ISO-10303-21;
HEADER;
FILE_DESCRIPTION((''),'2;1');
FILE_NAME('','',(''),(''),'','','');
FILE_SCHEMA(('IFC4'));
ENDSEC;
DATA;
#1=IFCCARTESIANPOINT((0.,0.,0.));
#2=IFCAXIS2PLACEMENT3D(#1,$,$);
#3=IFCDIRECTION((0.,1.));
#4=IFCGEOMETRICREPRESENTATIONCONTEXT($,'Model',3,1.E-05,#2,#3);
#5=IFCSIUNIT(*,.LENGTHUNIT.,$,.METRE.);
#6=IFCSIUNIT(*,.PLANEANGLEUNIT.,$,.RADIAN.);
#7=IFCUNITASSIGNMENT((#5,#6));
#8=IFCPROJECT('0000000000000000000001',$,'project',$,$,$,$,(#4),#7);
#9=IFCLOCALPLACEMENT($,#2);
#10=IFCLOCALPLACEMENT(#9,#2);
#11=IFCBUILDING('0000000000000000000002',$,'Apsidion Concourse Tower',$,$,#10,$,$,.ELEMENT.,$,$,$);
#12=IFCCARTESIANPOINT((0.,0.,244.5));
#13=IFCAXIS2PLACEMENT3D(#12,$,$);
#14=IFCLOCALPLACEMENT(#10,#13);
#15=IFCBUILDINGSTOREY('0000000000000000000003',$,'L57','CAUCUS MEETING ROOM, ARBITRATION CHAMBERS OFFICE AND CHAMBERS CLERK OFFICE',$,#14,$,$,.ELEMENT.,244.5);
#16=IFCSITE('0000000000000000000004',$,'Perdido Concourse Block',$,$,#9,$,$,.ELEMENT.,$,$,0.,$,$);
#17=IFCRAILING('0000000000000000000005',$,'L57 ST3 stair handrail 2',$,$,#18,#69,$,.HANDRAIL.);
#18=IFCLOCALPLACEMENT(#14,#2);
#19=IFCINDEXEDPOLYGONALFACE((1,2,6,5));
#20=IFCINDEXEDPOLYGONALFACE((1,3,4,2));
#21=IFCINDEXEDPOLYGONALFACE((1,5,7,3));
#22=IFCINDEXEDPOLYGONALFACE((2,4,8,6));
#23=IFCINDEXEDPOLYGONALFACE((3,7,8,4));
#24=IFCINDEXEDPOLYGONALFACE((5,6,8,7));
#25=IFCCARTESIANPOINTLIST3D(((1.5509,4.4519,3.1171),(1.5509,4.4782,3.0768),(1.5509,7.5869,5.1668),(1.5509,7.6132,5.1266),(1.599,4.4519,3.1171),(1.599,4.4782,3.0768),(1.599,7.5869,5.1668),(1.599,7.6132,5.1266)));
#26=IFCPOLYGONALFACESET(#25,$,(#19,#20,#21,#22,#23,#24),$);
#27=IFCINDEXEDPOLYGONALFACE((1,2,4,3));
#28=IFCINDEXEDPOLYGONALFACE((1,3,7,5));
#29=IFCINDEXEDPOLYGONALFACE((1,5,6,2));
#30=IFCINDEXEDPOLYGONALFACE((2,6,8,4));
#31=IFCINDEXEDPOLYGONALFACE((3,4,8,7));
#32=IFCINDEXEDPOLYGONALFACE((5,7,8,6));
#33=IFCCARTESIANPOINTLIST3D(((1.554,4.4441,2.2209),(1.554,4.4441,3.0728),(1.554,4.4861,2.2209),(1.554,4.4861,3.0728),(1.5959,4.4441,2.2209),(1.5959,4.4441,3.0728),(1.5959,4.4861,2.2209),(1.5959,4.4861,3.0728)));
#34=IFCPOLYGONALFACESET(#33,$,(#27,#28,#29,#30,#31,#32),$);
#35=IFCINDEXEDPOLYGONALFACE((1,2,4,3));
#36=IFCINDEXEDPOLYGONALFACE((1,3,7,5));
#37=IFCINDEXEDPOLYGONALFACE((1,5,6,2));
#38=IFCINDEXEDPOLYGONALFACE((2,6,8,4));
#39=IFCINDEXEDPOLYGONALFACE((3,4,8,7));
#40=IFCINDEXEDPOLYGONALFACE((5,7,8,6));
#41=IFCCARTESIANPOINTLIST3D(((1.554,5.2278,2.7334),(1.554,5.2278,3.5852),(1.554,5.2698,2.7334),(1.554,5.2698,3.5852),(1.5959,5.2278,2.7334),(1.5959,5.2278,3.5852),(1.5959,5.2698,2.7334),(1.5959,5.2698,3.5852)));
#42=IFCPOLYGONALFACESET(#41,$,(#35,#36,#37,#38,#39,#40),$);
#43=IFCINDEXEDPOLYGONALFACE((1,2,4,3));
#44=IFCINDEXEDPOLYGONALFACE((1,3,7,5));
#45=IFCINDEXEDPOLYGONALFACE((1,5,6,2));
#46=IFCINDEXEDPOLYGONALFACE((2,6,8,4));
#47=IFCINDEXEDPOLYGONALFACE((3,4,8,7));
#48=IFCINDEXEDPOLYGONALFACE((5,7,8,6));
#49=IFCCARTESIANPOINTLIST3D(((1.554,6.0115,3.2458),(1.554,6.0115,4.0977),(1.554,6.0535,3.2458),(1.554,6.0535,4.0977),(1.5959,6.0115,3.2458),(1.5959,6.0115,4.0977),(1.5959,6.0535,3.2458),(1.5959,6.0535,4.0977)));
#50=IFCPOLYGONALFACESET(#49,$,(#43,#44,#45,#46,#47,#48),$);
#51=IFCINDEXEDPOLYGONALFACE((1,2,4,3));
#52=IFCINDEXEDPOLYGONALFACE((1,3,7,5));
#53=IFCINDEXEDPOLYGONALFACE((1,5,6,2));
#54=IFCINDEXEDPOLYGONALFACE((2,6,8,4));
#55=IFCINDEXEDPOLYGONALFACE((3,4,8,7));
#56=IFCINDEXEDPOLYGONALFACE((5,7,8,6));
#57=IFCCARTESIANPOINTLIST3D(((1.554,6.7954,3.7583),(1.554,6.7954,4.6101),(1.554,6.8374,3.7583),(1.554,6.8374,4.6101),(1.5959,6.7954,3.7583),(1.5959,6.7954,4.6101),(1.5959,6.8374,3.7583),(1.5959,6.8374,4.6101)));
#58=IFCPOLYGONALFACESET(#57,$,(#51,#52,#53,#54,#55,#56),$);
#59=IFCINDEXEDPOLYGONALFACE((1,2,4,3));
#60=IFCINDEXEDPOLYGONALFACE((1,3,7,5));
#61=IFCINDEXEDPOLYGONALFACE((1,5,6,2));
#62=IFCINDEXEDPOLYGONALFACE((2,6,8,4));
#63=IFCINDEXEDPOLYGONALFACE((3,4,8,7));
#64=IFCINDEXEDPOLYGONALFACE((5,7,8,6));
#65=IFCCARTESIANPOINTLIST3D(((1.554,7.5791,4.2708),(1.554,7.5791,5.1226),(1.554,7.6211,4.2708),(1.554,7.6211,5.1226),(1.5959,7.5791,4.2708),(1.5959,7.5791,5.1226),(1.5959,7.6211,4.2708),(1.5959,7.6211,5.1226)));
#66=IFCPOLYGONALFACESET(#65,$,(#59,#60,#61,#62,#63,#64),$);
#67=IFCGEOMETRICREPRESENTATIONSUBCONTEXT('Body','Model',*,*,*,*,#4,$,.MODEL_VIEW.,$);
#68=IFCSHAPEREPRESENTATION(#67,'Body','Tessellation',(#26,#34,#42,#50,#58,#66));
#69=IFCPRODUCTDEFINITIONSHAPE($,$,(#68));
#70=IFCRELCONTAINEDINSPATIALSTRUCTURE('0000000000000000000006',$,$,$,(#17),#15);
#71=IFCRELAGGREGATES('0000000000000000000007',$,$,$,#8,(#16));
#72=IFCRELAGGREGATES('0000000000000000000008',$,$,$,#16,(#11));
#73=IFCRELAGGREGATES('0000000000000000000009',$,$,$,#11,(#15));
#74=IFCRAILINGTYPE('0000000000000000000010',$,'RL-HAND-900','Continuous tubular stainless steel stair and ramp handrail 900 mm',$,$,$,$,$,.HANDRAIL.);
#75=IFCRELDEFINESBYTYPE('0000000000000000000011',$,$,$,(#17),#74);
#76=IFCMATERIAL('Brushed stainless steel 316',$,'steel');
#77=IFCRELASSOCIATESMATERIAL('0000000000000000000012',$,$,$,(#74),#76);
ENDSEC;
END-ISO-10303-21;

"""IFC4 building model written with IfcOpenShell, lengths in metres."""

from ifc_helpers import new_model, si_unit, direction, frame, origin, origin_2d, place, context, subcontext, project, spatial, rectangle, extrude, material, type_object, element, save


model = new_model("IFC4")

# Units and contexts
model_context = context("Model", 3, precision=1e-05, world=origin(), true_north=direction((0.0, 1.0)))
body_context = subcontext(model_context, "Body", "Model", "MODEL_VIEW")
ifc_project = project(units=[si_unit("LENGTHUNIT", "METRE"), si_unit("PLANEANGLEUNIT", "RADIAN")], contexts=[model_context])

# Site, building, storey
site_placement = place(None, origin())
site = spatial("IfcSite", under=ifc_project, at=site_placement, Name="Perdido Concourse Block", CompositionType="ELEMENT", RefElevation=0.0)
building_placement = place(site_placement, origin())
building = spatial("IfcBuilding", under=site, at=building_placement, Name="Apsidion Concourse Tower", CompositionType="ELEMENT")
storey_placement = place(building_placement, frame((0.0, 0.0, 244.5)))
storey = spatial("IfcBuildingStorey", under=building, at=storey_placement, Name="L57", Description="CAUCUS MEETING ROOM, ARBITRATION CHAMBERS OFFICE AND CHAMBERS CLERK OFFICE", CompositionType="ELEMENT", Elevation=244.5)

# Railing
ifc_material_1 = material(Name="Brushed stainless steel 316", Category="steel")
railing_type_1 = type_object("IfcRailingType", Name="RL-HAND-900", Description="Continuous tubular stainless steel stair and ramp handrail 900 mm", PredefinedType="HANDRAIL", material=ifc_material_1)
railing_1_placement = place(storey_placement, frame((1.575, 4.4651, 2.2209)))
element("IfcRailing", 1, at=railing_1_placement, inside=storey, type_object=railing_type_1, Name="L57 ST3 stair handrail 2", PredefinedType="HANDRAIL", context=body_context, shape_type="SweptSolid", body=[
    extrude(rectangle(XDim=0.0481, YDim=0.0481, at=origin_2d()), frame((0.0, 0.0, 0.876), z_axis=(0.0, 0.836971, 0.547248), x_axis=(-1.0, 0.0, 0.0)), (0.0, 0.0, 1.0), 3.7456),
    extrude(rectangle(XDim=0.042, YDim=0.042, at=origin_2d()), origin(), (0.0, 0.0, 1.0), 0.8518),
    extrude(rectangle(XDim=0.042, YDim=0.042, at=origin_2d()), frame((0.0, 0.7837, 0.5125)), (0.0, 0.0, 1.0), 0.8518),
    extrude(rectangle(XDim=0.042, YDim=0.042, at=origin_2d()), frame((0.0, 1.5674, 1.0249)), (0.0, 0.0, 1.0), 0.8518),
    extrude(rectangle(XDim=0.042, YDim=0.042, at=origin_2d()), frame((0.0, 2.3513, 1.5374)), (0.0, 0.0, 1.0), 0.8518),
    extrude(rectangle(XDim=0.042, YDim=0.042, at=origin_2d()), frame((0.0, 3.135, 2.0498)), (0.0, 0.0, 1.0), 0.8518),
])

save(model, "model.ifc")
